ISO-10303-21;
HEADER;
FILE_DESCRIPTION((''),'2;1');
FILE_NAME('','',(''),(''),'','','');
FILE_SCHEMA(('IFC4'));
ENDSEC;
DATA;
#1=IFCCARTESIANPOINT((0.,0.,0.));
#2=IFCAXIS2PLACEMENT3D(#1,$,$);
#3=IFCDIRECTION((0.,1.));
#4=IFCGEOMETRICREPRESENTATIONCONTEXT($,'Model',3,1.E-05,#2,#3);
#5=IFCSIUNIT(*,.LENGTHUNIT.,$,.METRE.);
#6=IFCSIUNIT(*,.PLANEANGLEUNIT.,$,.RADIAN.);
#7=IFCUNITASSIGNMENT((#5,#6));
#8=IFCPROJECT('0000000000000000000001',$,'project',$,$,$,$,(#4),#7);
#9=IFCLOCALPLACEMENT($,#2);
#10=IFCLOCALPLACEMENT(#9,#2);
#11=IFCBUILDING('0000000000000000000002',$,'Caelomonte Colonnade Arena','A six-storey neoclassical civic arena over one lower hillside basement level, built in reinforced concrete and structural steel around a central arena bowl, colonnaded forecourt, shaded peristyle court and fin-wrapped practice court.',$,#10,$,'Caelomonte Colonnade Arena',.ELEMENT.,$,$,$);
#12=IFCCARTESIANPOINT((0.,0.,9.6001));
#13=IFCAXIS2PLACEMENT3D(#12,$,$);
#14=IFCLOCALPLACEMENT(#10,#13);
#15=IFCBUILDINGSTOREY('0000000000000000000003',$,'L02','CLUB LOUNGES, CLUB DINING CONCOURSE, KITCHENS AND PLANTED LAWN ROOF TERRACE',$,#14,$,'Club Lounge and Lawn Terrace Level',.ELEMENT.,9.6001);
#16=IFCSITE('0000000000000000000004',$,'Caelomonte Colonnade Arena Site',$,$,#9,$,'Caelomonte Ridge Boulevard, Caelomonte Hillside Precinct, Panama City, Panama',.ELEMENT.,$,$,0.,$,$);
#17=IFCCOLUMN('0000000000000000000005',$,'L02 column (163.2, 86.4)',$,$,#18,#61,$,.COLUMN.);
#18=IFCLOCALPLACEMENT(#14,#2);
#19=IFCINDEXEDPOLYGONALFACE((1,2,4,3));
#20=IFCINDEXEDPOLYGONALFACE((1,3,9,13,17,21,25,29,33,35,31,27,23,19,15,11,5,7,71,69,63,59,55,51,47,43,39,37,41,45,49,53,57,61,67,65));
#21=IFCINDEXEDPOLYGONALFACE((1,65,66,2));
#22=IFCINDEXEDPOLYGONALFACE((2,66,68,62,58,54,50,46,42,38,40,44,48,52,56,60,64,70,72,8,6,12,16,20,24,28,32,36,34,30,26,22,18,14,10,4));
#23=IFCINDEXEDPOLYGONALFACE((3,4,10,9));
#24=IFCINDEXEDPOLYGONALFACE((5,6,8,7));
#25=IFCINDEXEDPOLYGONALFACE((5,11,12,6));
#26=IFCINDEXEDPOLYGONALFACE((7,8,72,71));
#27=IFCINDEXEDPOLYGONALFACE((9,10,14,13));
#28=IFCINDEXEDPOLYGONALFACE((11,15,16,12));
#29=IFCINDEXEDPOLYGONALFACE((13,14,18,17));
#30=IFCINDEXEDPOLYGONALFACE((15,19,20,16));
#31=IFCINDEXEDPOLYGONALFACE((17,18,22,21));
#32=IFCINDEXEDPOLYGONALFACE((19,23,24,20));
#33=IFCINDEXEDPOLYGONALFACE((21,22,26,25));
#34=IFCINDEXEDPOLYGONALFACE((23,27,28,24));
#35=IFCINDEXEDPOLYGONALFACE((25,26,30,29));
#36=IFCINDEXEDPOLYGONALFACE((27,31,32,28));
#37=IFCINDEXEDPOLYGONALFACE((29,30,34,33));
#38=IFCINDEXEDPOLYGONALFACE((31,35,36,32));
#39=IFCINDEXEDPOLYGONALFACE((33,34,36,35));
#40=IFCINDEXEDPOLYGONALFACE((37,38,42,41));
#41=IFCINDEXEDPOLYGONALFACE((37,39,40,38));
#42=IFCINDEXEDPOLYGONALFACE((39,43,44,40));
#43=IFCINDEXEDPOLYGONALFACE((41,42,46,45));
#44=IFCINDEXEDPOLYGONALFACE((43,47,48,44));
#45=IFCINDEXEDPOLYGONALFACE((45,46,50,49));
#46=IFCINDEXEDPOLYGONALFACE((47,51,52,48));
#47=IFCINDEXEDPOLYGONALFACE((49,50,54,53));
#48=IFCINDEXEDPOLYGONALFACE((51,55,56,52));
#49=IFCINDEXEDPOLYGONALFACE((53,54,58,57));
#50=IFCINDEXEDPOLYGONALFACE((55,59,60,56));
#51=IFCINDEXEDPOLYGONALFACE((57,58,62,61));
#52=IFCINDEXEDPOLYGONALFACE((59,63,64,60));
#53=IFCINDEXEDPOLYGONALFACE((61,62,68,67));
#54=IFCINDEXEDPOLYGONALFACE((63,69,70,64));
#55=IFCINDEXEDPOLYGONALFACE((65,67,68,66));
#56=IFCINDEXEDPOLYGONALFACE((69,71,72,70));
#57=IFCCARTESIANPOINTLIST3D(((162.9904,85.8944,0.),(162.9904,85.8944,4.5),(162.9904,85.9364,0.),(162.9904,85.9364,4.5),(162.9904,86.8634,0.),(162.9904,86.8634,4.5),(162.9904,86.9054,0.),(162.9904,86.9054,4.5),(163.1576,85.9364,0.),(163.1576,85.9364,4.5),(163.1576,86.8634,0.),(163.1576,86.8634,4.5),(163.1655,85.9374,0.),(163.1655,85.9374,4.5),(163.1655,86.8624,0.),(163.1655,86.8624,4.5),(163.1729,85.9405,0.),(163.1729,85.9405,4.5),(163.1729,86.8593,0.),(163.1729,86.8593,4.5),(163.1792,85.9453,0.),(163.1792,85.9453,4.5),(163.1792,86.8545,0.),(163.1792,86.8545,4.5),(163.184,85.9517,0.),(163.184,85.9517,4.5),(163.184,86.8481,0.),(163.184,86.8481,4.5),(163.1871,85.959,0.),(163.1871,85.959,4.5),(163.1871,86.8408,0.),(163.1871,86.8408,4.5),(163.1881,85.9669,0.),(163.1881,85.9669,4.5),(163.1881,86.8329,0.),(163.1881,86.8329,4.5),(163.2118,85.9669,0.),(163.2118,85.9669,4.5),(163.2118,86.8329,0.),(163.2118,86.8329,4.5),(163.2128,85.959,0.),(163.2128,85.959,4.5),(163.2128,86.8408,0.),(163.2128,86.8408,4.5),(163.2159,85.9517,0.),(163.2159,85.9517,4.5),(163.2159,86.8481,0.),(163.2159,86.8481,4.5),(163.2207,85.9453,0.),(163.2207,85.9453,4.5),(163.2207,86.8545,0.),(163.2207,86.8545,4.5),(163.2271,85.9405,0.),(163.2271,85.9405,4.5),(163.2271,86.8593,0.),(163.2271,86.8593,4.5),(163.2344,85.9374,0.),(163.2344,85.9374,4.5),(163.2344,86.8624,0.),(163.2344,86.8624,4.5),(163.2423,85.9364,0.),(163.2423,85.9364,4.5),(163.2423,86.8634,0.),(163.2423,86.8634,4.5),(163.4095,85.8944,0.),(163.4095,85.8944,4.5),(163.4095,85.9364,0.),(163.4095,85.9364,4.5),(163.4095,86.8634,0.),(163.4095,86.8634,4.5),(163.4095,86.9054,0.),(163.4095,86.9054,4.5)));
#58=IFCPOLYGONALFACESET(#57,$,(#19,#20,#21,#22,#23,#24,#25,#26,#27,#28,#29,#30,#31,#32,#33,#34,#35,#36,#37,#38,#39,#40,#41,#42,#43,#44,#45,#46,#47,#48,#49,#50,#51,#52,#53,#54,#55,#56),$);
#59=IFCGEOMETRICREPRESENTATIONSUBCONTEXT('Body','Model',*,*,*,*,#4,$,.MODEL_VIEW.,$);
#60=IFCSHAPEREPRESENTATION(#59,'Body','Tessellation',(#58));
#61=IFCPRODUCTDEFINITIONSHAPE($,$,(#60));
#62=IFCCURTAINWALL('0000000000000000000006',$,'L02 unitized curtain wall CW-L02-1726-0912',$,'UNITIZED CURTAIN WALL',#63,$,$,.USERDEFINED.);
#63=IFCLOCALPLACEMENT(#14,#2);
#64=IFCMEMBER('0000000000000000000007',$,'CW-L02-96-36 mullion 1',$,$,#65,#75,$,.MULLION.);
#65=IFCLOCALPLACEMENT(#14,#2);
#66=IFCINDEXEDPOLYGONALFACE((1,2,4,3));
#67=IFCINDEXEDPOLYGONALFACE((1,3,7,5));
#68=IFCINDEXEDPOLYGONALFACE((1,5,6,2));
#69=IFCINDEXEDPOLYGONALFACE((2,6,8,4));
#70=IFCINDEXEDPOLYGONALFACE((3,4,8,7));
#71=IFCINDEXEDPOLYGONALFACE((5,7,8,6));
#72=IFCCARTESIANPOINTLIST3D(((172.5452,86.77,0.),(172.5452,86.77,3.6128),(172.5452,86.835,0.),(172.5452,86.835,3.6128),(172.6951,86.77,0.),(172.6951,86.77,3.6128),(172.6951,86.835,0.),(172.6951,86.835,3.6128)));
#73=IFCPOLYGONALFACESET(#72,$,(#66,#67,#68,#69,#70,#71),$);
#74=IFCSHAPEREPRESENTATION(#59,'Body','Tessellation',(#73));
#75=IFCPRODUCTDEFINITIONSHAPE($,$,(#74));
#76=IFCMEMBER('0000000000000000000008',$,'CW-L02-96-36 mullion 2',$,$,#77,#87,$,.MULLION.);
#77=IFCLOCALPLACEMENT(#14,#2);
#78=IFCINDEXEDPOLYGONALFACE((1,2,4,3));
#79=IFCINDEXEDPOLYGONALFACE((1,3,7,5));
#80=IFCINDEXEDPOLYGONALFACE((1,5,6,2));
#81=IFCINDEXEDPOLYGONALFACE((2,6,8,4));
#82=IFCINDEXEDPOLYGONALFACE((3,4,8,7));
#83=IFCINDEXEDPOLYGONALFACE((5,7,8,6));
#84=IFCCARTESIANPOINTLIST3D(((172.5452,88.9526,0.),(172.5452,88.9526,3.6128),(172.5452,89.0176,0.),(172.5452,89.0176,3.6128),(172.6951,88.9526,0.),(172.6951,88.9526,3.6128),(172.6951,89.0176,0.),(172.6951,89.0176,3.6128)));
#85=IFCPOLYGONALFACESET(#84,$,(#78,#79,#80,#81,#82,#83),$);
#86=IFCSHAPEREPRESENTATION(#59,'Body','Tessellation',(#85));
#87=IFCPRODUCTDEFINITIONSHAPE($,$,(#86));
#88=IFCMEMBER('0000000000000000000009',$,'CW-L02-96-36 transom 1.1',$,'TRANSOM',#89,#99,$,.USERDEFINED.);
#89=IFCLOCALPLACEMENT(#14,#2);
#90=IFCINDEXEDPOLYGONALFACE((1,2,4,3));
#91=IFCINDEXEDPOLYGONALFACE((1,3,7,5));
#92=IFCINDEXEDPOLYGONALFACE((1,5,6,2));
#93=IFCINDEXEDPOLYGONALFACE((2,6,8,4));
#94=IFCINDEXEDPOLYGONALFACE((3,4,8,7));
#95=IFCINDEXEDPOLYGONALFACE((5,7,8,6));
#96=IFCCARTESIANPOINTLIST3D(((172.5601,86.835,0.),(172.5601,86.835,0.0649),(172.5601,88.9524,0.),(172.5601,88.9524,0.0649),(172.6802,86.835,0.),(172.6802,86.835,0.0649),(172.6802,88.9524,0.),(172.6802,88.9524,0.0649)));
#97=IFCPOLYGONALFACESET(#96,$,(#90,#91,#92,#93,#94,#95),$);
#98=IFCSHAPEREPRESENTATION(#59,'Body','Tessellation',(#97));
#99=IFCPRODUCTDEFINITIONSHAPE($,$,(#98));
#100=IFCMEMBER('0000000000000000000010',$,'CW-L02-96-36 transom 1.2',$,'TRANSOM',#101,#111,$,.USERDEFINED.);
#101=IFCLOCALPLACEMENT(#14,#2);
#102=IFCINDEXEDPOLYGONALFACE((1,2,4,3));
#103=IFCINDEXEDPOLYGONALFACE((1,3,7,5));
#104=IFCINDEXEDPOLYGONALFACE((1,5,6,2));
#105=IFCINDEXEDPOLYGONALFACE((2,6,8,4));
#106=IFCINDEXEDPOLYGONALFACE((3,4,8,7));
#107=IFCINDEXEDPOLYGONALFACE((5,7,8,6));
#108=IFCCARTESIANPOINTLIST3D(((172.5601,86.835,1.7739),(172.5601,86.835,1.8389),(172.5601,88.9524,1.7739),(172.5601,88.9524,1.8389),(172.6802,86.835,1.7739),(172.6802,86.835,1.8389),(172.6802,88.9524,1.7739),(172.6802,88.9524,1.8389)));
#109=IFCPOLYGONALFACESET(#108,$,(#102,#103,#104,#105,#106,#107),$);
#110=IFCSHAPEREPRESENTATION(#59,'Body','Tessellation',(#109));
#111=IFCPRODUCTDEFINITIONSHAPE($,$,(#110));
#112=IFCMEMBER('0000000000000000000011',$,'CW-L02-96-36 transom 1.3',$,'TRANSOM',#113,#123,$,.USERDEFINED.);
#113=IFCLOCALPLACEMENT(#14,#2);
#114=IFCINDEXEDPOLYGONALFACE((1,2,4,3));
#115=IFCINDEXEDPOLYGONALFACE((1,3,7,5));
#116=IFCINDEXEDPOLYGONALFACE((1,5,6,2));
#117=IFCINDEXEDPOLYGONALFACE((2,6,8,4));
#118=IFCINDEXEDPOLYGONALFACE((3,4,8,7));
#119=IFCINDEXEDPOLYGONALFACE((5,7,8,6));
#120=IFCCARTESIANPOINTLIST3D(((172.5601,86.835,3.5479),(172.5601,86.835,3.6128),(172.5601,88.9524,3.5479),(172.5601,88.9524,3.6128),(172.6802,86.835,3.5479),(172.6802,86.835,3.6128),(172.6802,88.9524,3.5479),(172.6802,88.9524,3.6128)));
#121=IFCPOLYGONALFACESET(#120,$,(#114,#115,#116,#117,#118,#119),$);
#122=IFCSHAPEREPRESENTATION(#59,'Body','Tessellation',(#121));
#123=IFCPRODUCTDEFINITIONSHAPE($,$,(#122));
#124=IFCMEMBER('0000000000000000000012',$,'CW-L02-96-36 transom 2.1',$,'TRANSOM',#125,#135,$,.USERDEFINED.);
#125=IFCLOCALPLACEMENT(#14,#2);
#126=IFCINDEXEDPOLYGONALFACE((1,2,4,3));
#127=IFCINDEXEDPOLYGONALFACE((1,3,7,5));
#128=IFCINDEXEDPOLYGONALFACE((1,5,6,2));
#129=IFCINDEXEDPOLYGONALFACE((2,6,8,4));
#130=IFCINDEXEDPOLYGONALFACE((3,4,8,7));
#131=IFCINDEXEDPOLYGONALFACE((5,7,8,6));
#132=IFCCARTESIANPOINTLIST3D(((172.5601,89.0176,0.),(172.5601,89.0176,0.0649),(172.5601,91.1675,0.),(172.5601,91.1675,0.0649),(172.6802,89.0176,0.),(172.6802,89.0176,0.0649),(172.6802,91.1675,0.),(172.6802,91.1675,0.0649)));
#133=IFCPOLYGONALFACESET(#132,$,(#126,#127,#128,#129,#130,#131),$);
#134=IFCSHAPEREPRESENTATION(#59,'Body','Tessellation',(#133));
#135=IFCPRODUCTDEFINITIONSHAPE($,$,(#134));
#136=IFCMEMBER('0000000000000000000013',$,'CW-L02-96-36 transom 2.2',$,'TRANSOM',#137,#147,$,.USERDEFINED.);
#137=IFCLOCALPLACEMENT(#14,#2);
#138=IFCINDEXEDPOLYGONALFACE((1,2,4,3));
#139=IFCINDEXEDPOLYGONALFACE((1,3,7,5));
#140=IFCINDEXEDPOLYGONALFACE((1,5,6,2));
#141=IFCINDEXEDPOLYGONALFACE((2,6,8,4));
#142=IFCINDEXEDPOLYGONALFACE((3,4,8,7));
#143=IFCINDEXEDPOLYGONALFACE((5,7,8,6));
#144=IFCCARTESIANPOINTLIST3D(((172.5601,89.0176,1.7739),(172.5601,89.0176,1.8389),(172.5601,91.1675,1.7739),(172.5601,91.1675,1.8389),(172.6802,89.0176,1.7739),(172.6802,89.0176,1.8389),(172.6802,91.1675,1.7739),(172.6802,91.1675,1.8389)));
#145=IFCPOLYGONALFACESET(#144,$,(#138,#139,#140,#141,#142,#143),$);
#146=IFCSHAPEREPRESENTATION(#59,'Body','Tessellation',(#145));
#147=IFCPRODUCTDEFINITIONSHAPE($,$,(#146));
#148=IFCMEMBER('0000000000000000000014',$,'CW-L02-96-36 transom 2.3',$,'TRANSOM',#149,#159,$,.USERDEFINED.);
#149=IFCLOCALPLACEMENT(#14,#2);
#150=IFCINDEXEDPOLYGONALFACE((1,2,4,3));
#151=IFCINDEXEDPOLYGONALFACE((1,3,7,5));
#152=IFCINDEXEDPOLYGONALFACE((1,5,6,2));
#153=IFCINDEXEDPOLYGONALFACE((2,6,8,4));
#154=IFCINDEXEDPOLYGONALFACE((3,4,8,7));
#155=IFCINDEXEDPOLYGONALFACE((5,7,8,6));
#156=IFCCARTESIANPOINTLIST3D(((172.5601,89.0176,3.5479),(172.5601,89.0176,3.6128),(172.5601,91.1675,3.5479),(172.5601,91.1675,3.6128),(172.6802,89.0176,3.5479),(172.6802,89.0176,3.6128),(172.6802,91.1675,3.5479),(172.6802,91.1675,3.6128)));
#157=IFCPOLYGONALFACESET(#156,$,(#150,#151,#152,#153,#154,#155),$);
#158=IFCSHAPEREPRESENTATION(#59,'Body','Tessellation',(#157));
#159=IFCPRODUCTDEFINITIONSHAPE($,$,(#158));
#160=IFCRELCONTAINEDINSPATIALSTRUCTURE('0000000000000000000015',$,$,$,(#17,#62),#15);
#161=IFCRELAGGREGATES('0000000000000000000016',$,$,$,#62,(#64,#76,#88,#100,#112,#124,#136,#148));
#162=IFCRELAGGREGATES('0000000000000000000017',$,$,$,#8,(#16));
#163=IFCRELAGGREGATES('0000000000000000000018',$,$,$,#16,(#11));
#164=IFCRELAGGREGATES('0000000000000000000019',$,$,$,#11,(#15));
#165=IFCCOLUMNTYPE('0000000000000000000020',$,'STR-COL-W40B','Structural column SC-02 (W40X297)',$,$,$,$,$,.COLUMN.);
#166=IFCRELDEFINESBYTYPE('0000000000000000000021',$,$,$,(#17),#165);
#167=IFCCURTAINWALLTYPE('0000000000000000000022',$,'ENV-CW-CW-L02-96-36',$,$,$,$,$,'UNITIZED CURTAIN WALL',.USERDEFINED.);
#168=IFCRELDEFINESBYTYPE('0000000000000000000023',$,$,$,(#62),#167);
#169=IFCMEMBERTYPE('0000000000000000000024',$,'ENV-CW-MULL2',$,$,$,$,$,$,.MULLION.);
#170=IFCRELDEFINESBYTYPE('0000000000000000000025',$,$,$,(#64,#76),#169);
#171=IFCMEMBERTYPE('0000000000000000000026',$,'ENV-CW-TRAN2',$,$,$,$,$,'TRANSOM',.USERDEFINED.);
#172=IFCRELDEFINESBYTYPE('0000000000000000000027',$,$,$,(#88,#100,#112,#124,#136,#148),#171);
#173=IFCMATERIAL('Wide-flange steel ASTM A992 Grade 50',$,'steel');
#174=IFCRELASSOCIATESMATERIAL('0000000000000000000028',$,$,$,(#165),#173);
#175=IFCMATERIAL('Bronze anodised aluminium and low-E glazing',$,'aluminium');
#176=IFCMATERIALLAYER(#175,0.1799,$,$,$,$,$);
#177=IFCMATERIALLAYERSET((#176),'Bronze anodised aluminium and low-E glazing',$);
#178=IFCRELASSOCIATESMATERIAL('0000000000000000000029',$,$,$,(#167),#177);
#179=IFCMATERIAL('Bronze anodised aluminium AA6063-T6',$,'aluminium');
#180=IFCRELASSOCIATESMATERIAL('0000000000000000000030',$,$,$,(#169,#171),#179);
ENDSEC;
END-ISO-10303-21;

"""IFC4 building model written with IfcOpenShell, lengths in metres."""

from ifc_helpers import new_model, si_unit, direction, frame, origin, origin_2d, place, context, subcontext, project, spatial, rectangle, i_section, extrude, material, layer, layer_set, material_profile, profile_set, type_object, element, aggregate, save


model = new_model("IFC4")

# Units and contexts
model_context = context("Model", 3, precision=1e-05, world=origin(), true_north=direction((0.0, 1.0)))
body_context = subcontext(model_context, "Body", "Model", "MODEL_VIEW")
ifc_project = project(units=[si_unit("LENGTHUNIT", "METRE"), si_unit("PLANEANGLEUNIT", "RADIAN")], contexts=[model_context])

# Site, building, storey
site_placement = place(None, origin())
site = spatial("IfcSite", under=ifc_project, at=site_placement, Name="Caelomonte Colonnade Arena Site", LongName="Caelomonte Ridge Boulevard, Caelomonte Hillside Precinct, Panama City, Panama", CompositionType="ELEMENT", RefElevation=0.0)
building_placement = place(site_placement, origin())
building = spatial("IfcBuilding", under=site, at=building_placement, Name="Caelomonte Colonnade Arena", Description="A six-storey neoclassical civic arena over one lower hillside basement level, built in reinforced concrete and structural steel around a central arena bowl, colonnaded forecourt, shaded peristyle court and fin-wrapped practice court.", LongName="Caelomonte Colonnade Arena", CompositionType="ELEMENT")
storey_placement = place(building_placement, frame((0.0, 0.0, 9.6001)))
storey = spatial("IfcBuildingStorey", under=building, at=storey_placement, Name="L02", Description="CLUB LOUNGES, CLUB DINING CONCOURSE, KITCHENS AND PLANTED LAWN ROOF TERRACE", LongName="Club Lounge and Lawn Terrace Level", CompositionType="ELEMENT", Elevation=9.6001)

# Column
ifc_material_1 = material(Name="Wide-flange steel ASTM A992 Grade 50", Category="steel")
ifc_material_profile_1 = material_profile(ifc_material_1, i_section(OverallWidth=0.4192, OverallDepth=1.011, WebThickness=0.0237, FlangeThickness=0.042, FilletRadius=0.0305, at=origin_2d()), Name="W40X297")
ifc_profile_set_1 = profile_set([ifc_material_profile_1], Name="Wide-flange steel ASTM A992 Grade 50")
column_type = type_object("IfcColumnType", Name="STR-COL-W40B", Description="Structural column SC-02 (W40X297)", PredefinedType="COLUMN", material=ifc_profile_set_1)
column_placement = place(storey_placement, frame((163.2, 86.3999, 0.0), z_axis=(0.0, 0.0, 1.0), x_axis=(1.0, 0.0, 0.0)))
element("IfcColumn", 1, at=column_placement, inside=storey, type_object=column_type, Name="L02 column (163.2, 86.4)", PredefinedType="COLUMN", context=body_context, shape_type="SweptSolid", body=[
    extrude(i_section(OverallWidth=0.4192, OverallDepth=1.011, WebThickness=0.0237, FlangeThickness=0.042, FilletRadius=0.0305, at=origin_2d()), origin(), (0.0, 0.0, 1.0), 4.5),
])

# Curtain wall, members
ifc_material_2 = material(Name="Bronze anodised aluminium and low-E glazing", Category="aluminium")
ifc_layer_1 = layer(ifc_material_2, 0.1799)
ifc_layer_set_1 = layer_set([ifc_layer_1], Name="Bronze anodised aluminium and low-E glazing")
curtain_wall_type = type_object("IfcCurtainWallType", Name="ENV-CW-CW-L02-96-36", ElementType="UNITIZED CURTAIN WALL", PredefinedType="USERDEFINED", material=ifc_layer_set_1)
curtain_wall_placement = place(storey_placement, origin())
curtain_wall = element("IfcCurtainWall", 2, at=curtain_wall_placement, inside=storey, type_object=curtain_wall_type, Name="L02 unitized curtain wall CW-L02-1726-0912", ObjectType="UNITIZED CURTAIN WALL", PredefinedType="USERDEFINED")
ifc_material_3 = material(Name="Bronze anodised aluminium AA6063-T6", Category="aluminium")
ifc_material_profile_2 = material_profile(ifc_material_3, rectangle(XDim=0.0649, YDim=0.1499, at=origin_2d()), Name="CWM-65X150")
ifc_profile_set_2 = profile_set([ifc_material_profile_2], Name="Bronze anodised aluminium AA6063-T6")
member_type_1 = type_object("IfcMemberType", Name="ENV-CW-MULL2", PredefinedType="MULLION", material=ifc_profile_set_2)
member_1_placement = place(storey_placement, frame((172.6201, 86.8025, 0.0), z_axis=(0.0, 0.0, 1.0), x_axis=(0.0, 1.0, 0.0)))
member_1 = element("IfcMember", 3, at=member_1_placement, type_object=member_type_1, Name="CW-L02-96-36 mullion 1", PredefinedType="MULLION", context=body_context, shape_type="SweptSolid", body=[
    extrude(rectangle(XDim=0.0649, YDim=0.1499, at=origin_2d()), origin(), (0.0, 0.0, 1.0), 3.6128),
])
member_2_placement = place(storey_placement, frame((172.6201, 88.9851, 0.0), z_axis=(0.0, 0.0, 1.0), x_axis=(0.0, 1.0, 0.0)))
member_2 = element("IfcMember", 4, at=member_2_placement, type_object=member_type_1, Name="CW-L02-96-36 mullion 2", PredefinedType="MULLION", context=body_context, shape_type="SweptSolid", body=[
    extrude(rectangle(XDim=0.0649, YDim=0.1499, at=origin_2d()), origin(), (0.0, 0.0, 1.0), 3.6128),
])
ifc_material_profile_3 = material_profile(ifc_material_3, rectangle(XDim=0.0649, YDim=0.1201, at=origin_2d()), Name="CWT-65X120")
ifc_profile_set_3 = profile_set([ifc_material_profile_3], Name="Bronze anodised aluminium AA6063-T6")
member_type_2 = type_object("IfcMemberType", Name="ENV-CW-TRAN2", ElementType="TRANSOM", PredefinedType="USERDEFINED", material=ifc_profile_set_3)
member_3_placement = place(storey_placement, frame((172.6201, 86.835, 0.0325), z_axis=(0.0, 1.0, 0.0), x_axis=(0.0, 0.0, 1.0)))
member_3 = element("IfcMember", 5, at=member_3_placement, type_object=member_type_2, Name="CW-L02-96-36 transom 1.1", ObjectType="TRANSOM", PredefinedType="USERDEFINED", context=body_context, shape_type="SweptSolid", body=[
    extrude(rectangle(XDim=0.0649, YDim=0.1201, at=origin_2d()), origin(), (0.0, 0.0, 1.0), 2.1174),
])
member_4_placement = place(storey_placement, frame((172.6201, 86.835, 1.8064), z_axis=(0.0, 1.0, 0.0), x_axis=(0.0, 0.0, 1.0)))
member_4 = element("IfcMember", 6, at=member_4_placement, type_object=member_type_2, Name="CW-L02-96-36 transom 1.2", ObjectType="TRANSOM", PredefinedType="USERDEFINED", context=body_context, shape_type="SweptSolid", body=[
    extrude(rectangle(XDim=0.0649, YDim=0.1201, at=origin_2d()), origin(), (0.0, 0.0, 1.0), 2.1174),
])
member_5_placement = place(storey_placement, frame((172.6201, 86.835, 3.5803), z_axis=(0.0, 1.0, 0.0), x_axis=(0.0, 0.0, 1.0)))
member_5 = element("IfcMember", 7, at=member_5_placement, type_object=member_type_2, Name="CW-L02-96-36 transom 1.3", ObjectType="TRANSOM", PredefinedType="USERDEFINED", context=body_context, shape_type="SweptSolid", body=[
    extrude(rectangle(XDim=0.0649, YDim=0.1201, at=origin_2d()), origin(), (0.0, 0.0, 1.0), 2.1174),
])
member_6_placement = place(storey_placement, frame((172.6201, 89.0176, 0.0325), z_axis=(0.0, 1.0, 0.0), x_axis=(0.0, 0.0, 1.0)))
member_6 = element("IfcMember", 8, at=member_6_placement, type_object=member_type_2, Name="CW-L02-96-36 transom 2.1", ObjectType="TRANSOM", PredefinedType="USERDEFINED", context=body_context, shape_type="SweptSolid", body=[
    extrude(rectangle(XDim=0.0649, YDim=0.1201, at=origin_2d()), origin(), (0.0, 0.0, 1.0), 2.1499),
])
member_7_placement = place(storey_placement, frame((172.6201, 89.0176, 1.8064), z_axis=(0.0, 1.0, 0.0), x_axis=(0.0, 0.0, 1.0)))
member_7 = element("IfcMember", 9, at=member_7_placement, type_object=member_type_2, Name="CW-L02-96-36 transom 2.2", ObjectType="TRANSOM", PredefinedType="USERDEFINED", context=body_context, shape_type="SweptSolid", body=[
    extrude(rectangle(XDim=0.0649, YDim=0.1201, at=origin_2d()), origin(), (0.0, 0.0, 1.0), 2.1499),
])
member_8_placement = place(storey_placement, frame((172.6201, 89.0176, 3.5803), z_axis=(0.0, 1.0, 0.0), x_axis=(0.0, 0.0, 1.0)))
member_8 = element("IfcMember", 10, at=member_8_placement, type_object=member_type_2, Name="CW-L02-96-36 transom 2.3", ObjectType="TRANSOM", PredefinedType="USERDEFINED", context=body_context, shape_type="SweptSolid", body=[
    extrude(rectangle(XDim=0.0649, YDim=0.1201, at=origin_2d()), origin(), (0.0, 0.0, 1.0), 2.1499),
])

aggregate(curtain_wall, [member_1, member_2, member_3, member_4, member_5, member_6, member_7, member_8])

save(model, "model.ifc")
